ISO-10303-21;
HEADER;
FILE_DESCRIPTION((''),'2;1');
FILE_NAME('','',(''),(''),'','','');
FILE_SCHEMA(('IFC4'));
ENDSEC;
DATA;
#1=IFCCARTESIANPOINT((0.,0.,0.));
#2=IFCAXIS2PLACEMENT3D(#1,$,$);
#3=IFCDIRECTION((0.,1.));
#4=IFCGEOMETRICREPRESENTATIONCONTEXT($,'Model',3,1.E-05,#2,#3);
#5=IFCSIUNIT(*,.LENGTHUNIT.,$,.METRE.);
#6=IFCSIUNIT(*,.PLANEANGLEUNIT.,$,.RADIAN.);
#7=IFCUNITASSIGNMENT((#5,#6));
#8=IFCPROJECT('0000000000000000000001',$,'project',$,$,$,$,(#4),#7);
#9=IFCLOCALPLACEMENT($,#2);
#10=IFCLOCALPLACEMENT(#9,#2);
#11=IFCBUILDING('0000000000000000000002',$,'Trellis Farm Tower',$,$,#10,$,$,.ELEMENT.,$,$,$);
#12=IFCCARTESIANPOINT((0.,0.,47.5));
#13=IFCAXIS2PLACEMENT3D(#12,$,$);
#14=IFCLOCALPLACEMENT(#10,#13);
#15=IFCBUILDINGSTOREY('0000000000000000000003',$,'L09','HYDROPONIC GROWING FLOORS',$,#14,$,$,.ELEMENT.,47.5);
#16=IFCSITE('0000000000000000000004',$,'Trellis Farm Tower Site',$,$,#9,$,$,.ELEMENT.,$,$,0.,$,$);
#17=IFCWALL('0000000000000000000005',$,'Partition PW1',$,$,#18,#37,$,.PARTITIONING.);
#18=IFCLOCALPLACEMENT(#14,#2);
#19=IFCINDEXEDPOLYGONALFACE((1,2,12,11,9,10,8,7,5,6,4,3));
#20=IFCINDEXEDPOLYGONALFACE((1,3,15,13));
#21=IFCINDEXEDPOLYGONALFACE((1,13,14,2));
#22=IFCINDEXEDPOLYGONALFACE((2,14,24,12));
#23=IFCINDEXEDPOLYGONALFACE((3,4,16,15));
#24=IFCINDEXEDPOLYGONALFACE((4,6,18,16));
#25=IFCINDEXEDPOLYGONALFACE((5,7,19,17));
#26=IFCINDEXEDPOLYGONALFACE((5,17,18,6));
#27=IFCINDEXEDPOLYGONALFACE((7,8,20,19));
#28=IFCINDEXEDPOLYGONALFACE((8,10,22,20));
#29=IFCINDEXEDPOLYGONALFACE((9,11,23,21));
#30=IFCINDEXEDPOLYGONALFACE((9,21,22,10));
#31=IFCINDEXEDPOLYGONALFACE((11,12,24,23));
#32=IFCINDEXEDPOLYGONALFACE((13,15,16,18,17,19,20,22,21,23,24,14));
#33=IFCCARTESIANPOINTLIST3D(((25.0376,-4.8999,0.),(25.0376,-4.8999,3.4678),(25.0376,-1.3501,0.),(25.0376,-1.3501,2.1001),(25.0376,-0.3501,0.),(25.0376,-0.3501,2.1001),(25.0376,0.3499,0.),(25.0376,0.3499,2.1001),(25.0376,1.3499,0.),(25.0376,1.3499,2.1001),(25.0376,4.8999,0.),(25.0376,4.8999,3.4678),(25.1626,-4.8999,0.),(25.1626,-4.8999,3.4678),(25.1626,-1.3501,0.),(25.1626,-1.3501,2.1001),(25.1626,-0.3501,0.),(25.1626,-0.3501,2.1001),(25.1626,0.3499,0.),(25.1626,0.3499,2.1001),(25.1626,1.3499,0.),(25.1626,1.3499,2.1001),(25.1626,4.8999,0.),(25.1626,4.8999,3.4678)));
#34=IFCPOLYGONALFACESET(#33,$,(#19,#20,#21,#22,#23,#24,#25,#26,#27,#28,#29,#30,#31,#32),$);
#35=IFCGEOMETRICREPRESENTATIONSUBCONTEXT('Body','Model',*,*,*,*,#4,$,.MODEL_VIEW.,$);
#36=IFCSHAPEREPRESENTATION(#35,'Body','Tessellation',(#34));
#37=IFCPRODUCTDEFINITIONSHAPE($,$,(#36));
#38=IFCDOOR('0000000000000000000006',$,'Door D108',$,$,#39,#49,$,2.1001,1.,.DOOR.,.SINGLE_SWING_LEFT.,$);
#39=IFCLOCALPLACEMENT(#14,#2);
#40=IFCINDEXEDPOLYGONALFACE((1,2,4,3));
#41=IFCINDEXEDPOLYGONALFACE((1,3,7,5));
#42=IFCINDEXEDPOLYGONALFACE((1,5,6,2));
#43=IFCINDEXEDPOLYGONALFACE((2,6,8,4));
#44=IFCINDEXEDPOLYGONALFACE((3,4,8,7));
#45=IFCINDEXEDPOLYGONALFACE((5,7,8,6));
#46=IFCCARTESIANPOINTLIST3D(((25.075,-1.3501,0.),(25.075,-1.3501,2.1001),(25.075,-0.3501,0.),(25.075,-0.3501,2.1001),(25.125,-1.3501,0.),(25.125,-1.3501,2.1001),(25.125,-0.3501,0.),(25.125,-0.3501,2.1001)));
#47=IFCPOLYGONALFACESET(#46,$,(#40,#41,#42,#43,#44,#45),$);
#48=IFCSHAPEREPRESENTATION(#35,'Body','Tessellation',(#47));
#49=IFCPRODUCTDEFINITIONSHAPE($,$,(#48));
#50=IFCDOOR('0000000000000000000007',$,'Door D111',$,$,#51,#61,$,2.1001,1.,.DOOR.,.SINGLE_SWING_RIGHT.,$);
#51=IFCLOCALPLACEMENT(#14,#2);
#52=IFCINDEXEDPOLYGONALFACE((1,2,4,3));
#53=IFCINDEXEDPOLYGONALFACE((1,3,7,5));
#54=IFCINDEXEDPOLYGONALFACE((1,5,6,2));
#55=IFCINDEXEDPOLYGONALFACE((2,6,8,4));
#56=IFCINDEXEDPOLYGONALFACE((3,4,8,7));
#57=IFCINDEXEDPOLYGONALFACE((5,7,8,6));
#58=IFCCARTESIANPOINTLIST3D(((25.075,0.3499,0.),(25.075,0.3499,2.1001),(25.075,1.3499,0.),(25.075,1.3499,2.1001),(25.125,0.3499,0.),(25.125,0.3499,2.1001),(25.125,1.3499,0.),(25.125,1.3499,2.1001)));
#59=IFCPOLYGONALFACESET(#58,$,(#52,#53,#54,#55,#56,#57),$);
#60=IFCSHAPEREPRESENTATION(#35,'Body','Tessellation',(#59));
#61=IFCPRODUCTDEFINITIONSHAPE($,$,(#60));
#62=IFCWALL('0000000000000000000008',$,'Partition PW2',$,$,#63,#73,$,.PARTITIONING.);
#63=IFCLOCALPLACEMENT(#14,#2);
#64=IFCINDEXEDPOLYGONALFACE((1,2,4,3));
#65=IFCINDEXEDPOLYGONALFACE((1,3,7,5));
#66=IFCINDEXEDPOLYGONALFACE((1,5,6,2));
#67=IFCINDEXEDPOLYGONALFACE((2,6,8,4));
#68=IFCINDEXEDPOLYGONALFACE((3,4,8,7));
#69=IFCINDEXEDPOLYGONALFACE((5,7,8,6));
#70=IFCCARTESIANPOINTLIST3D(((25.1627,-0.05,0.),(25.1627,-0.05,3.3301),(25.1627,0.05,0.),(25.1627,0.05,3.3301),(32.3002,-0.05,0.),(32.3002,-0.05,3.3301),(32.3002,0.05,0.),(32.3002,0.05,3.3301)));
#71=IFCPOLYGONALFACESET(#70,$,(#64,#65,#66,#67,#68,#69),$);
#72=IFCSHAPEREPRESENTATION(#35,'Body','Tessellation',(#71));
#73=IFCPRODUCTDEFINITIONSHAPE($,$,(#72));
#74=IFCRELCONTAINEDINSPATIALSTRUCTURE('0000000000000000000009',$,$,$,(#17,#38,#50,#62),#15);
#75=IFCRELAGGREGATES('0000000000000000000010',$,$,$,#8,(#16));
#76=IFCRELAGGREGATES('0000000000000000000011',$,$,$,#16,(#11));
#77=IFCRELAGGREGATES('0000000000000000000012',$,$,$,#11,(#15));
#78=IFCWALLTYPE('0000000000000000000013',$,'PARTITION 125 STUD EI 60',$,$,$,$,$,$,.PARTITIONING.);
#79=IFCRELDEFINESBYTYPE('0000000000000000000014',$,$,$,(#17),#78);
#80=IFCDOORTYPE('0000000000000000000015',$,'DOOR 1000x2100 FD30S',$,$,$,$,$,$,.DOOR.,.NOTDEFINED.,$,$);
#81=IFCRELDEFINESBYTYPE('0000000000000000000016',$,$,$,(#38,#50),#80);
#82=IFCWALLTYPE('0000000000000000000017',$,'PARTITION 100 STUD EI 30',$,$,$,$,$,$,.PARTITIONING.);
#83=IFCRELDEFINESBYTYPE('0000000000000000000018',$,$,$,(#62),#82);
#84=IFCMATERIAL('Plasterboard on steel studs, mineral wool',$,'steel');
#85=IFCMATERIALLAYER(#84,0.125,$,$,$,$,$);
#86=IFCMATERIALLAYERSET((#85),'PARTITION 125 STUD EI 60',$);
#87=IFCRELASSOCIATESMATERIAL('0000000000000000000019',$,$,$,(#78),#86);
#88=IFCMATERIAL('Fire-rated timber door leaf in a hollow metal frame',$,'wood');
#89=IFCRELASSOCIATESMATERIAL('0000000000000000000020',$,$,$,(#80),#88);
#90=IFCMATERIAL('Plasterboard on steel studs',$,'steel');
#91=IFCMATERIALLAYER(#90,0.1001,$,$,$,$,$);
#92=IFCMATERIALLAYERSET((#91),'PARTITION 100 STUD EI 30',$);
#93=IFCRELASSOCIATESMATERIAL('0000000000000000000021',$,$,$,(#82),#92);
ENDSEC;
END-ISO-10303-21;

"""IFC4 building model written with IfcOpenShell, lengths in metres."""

from ifc_helpers import new_model, si_unit, direction, frame, frame_2d, origin, place, context, subcontext, project, spatial, rectangle, extrude, source, transform, mapped, material, layer, layer_set, type_object, element, fill, save


model = new_model("IFC4")

# Units and contexts
model_context = context("Model", 3, precision=1e-05, world=origin(), true_north=direction((0.0, 1.0)))
body_context = subcontext(model_context, "Body", "Model", "MODEL_VIEW")
ifc_project = project(units=[si_unit("LENGTHUNIT", "METRE"), si_unit("PLANEANGLEUNIT", "RADIAN")], contexts=[model_context])

# Site, building, storey
site_placement = place(None, origin())
site = spatial("IfcSite", under=ifc_project, at=site_placement, Name="Trellis Farm Tower Site", CompositionType="ELEMENT", RefElevation=0.0)
building_placement = place(site_placement, origin())
building = spatial("IfcBuilding", under=site, at=building_placement, Name="Trellis Farm Tower", CompositionType="ELEMENT")
storey_placement = place(building_placement, frame((0.0, 0.0, 47.5)))
storey = spatial("IfcBuildingStorey", under=building, at=storey_placement, Name="L09", Description="HYDROPONIC GROWING FLOORS", CompositionType="ELEMENT", Elevation=47.5)

# Wall, openings, doors
ifc_material_1 = material(Name="Plasterboard on steel studs, mineral wool", Category="steel")
ifc_layer_1 = layer(ifc_material_1, 0.125)
ifc_layer_set_1 = layer_set([ifc_layer_1], Name="PARTITION 125 STUD EI 60")
wall_type_1 = type_object("IfcWallType", Name="PARTITION 125 STUD EI 60", PredefinedType="PARTITIONING", material=ifc_layer_set_1)
shared_shape_1 = source(origin(), body_context, "Body", "SweptSolid", [
    extrude(rectangle(XDim=9.7998, YDim=0.125, at=frame_2d((4.8999, 0.0))), origin(), (0.0, 0.0, 1.0), 3.4678),
])
wall_1_placement = place(storey_placement, frame((25.1001, 4.8999, 0.0), z_axis=(0.0, 0.0, 1.0), x_axis=(0.0, -1.0, 0.0)))
wall_1 = element("IfcWall", 1, at=wall_1_placement, inside=storey, type_object=wall_type_1, Name="Partition PW1", PredefinedType="PARTITIONING", context=body_context, shape_type="MappedRepresentation", body=[
    mapped(shared_shape_1, transform((0.0, 0.0, 0.0))),
])
shared_shape_2 = source(origin(), body_context, "Body", "SweptSolid", [
    extrude(rectangle(XDim=1.0, YDim=2.1001, at=frame_2d((0.5, 1.05))), frame((0.0, 0.0725, 0.0), z_axis=(0.0, -1.0, 0.0), x_axis=(1.0, 0.0, 0.0)), (0.0, 0.0, 1.0), 0.145),
])
opening_1_placement = place(wall_1_placement, frame((5.25, 0.0, 0.0)))
opening_1 = element("IfcOpeningElement", 2, at=opening_1_placement, cuts=wall_1, PredefinedType="OPENING", context=body_context, shape_type="MappedRepresentation", body=[
    mapped(shared_shape_2, transform((0.0, 0.0, 0.0))),
])
opening_2_placement = place(wall_1_placement, frame((3.55, 0.0, 0.0)))
opening_2 = element("IfcOpeningElement", 3, at=opening_2_placement, cuts=wall_1, PredefinedType="OPENING", context=body_context, shape_type="MappedRepresentation", body=[
    mapped(shared_shape_2, transform((0.0, 0.0, 0.0))),
])
ifc_material_2 = material(Name="Fire-rated timber door leaf in a hollow metal frame", Category="wood")
door_type_1 = type_object("IfcDoorType", Name="DOOR 1000x2100 FD30S", OperationType="NOTDEFINED", PredefinedType="DOOR", material=ifc_material_2)
shared_shape_3 = source(origin(), body_context, "Body", "SweptSolid", [
    extrude(rectangle(XDim=1.0, YDim=2.1001, at=frame_2d((0.5, 1.05))), frame((0.0, 0.0249, 0.0), z_axis=(0.0, -1.0, 0.0), x_axis=(1.0, 0.0, 0.0)), (0.0, 0.0, 1.0), 0.05),
])
door_1_placement = place(opening_1_placement, origin())
door_1 = element("IfcDoor", 4, at=door_1_placement, inside=storey, type_object=door_type_1, Name="Door D108", OperationType="SINGLE_SWING_LEFT", OverallHeight=2.1001, OverallWidth=1.0, PredefinedType="DOOR", context=body_context, shape_type="MappedRepresentation", body=[
    mapped(shared_shape_3, transform((0.0, 0.0, 0.0))),
])
fill(opening_1, door_1)
door_2_placement = place(opening_2_placement, origin())
door_2 = element("IfcDoor", 5, at=door_2_placement, inside=storey, type_object=door_type_1, Name="Door D111", OperationType="SINGLE_SWING_RIGHT", OverallHeight=2.1001, OverallWidth=1.0, PredefinedType="DOOR", context=body_context, shape_type="MappedRepresentation", body=[
    mapped(shared_shape_3, transform((0.0, 0.0, 0.0))),
])
fill(opening_2, door_2)

# Wall
ifc_material_3 = material(Name="Plasterboard on steel studs", Category="steel")
ifc_layer_2 = layer(ifc_material_3, 0.1001)
ifc_layer_set_2 = layer_set([ifc_layer_2], Name="PARTITION 100 STUD EI 30")
wall_type_2 = type_object("IfcWallType", Name="PARTITION 100 STUD EI 30", PredefinedType="PARTITIONING", material=ifc_layer_set_2)
shared_shape_4 = source(origin(), body_context, "Body", "SweptSolid", [
    extrude(rectangle(XDim=7.1375, YDim=0.1001, at=frame_2d((3.5688, 0.0))), origin(), (0.0, 0.0, 1.0), 3.3301),
])
wall_2_placement = place(storey_placement, frame((25.1626, 0.0, 0.0), z_axis=(0.0, 0.0, 1.0), x_axis=(1.0, 0.0, 0.0)))
element("IfcWall", 6, at=wall_2_placement, inside=storey, type_object=wall_type_2, Name="Partition PW2", PredefinedType="PARTITIONING", context=body_context, shape_type="MappedRepresentation", body=[
    mapped(shared_shape_4, transform((0.0, 0.0, 0.0))),
])

save(model, "model.ifc")
